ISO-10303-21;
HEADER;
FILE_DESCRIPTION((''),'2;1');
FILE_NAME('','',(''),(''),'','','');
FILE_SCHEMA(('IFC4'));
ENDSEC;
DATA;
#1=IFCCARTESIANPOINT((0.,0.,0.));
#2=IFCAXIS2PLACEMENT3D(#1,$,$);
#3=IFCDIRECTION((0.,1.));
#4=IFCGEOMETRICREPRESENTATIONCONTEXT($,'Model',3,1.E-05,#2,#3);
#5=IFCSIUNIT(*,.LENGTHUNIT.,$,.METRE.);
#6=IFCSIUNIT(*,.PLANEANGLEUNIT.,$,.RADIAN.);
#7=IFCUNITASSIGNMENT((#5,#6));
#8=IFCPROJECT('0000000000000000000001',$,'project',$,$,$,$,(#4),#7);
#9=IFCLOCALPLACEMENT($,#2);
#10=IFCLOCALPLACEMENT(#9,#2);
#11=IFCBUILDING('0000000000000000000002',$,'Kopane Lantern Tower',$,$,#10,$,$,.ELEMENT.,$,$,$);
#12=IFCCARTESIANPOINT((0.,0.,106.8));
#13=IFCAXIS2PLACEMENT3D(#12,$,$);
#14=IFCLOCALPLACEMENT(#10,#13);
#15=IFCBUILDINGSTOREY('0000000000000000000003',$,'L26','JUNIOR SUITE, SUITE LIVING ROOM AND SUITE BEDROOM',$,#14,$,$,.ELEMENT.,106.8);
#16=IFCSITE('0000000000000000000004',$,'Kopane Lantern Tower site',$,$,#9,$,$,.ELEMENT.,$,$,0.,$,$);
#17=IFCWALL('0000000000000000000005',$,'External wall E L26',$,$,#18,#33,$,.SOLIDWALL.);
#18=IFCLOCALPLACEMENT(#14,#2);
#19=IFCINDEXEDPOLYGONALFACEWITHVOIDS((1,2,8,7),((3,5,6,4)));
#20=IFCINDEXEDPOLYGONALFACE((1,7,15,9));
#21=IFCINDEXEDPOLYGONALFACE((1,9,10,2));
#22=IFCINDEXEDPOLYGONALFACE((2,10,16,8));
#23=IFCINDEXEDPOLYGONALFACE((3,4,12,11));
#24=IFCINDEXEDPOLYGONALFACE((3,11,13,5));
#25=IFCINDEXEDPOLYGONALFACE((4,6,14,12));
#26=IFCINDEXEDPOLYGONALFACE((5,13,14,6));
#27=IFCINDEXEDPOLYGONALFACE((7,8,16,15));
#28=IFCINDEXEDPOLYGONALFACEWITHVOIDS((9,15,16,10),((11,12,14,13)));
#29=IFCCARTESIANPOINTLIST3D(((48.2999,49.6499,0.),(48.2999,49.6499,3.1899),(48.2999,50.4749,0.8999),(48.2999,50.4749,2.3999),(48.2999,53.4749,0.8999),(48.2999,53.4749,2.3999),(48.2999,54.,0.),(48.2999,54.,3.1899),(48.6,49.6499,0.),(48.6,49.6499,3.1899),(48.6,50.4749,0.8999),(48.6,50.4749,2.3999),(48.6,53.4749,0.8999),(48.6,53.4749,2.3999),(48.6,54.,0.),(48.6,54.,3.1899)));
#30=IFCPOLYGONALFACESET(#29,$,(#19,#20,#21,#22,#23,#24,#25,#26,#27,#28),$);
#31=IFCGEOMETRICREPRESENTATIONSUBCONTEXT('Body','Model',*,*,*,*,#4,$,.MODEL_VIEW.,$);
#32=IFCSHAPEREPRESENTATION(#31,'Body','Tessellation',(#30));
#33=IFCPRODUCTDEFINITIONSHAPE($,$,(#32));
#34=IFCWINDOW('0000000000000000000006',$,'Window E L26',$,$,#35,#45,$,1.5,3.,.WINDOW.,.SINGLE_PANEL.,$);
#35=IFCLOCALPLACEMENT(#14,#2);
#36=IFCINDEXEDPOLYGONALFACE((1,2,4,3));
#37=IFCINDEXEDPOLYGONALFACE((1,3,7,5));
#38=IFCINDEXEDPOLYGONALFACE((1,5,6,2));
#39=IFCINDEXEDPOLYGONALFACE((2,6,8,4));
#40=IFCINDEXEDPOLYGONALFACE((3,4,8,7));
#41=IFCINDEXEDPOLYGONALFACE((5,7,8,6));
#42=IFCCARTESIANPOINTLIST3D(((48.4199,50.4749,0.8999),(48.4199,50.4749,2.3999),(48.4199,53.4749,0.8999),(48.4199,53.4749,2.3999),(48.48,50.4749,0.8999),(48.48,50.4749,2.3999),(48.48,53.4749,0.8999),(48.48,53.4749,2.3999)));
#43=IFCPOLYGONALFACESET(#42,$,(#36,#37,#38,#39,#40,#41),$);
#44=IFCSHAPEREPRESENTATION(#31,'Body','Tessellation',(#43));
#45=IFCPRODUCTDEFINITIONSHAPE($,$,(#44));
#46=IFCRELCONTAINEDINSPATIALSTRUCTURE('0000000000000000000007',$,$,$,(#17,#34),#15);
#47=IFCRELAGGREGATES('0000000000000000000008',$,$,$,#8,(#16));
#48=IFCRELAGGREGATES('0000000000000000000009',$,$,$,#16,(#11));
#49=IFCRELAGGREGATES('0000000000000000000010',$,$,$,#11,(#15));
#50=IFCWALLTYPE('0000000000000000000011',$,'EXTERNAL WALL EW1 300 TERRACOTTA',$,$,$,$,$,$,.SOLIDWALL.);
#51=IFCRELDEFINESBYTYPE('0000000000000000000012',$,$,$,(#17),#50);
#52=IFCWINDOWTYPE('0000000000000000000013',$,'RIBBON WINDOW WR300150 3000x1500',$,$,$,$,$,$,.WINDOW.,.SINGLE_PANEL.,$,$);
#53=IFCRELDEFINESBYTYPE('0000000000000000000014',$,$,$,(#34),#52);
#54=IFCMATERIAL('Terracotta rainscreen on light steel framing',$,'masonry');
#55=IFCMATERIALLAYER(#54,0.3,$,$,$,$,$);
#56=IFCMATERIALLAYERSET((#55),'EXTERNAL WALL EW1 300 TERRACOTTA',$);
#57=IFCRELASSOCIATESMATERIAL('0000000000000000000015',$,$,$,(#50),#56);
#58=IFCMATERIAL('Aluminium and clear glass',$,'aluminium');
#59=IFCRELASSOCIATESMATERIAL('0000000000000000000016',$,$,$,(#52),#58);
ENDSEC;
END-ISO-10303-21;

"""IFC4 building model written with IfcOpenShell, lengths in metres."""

from ifc_helpers import new_model, si_unit, direction, frame, frame_2d, origin, place, context, subcontext, project, spatial, rectangle, extrude, material, layer, layer_set, type_object, element, fill, save


model = new_model("IFC4")

# Units and contexts
model_context = context("Model", 3, precision=1e-05, world=origin(), true_north=direction((0.0, 1.0)))
body_context = subcontext(model_context, "Body", "Model", "MODEL_VIEW")
ifc_project = project(units=[si_unit("LENGTHUNIT", "METRE"), si_unit("PLANEANGLEUNIT", "RADIAN")], contexts=[model_context])

# Site, building, storey
site_placement = place(None, origin())
site = spatial("IfcSite", under=ifc_project, at=site_placement, Name="Kopane Lantern Tower site", CompositionType="ELEMENT", RefElevation=0.0)
building_placement = place(site_placement, origin())
building = spatial("IfcBuilding", under=site, at=building_placement, Name="Kopane Lantern Tower", CompositionType="ELEMENT")
storey_placement = place(building_placement, frame((0.0, 0.0, 106.8)))
storey = spatial("IfcBuildingStorey", under=building, at=storey_placement, Name="L26", Description="JUNIOR SUITE, SUITE LIVING ROOM AND SUITE BEDROOM", CompositionType="ELEMENT", Elevation=106.8)

# Wall, opening, window
ifc_material_1 = material(Name="Terracotta rainscreen on light steel framing", Category="masonry")
ifc_layer_1 = layer(ifc_material_1, 0.3)
ifc_layer_set_1 = layer_set([ifc_layer_1], Name="EXTERNAL WALL EW1 300 TERRACOTTA")
wall_type_1 = type_object("IfcWallType", Name="EXTERNAL WALL EW1 300 TERRACOTTA", PredefinedType="SOLIDWALL", material=ifc_layer_set_1)
ifc_material_2 = material(Name="Aluminium and clear glass", Category="aluminium")
window_type = type_object("IfcWindowType", Name="RIBBON WINDOW WR300150 3000x1500", PartitioningType="SINGLE_PANEL", PredefinedType="WINDOW", material=ifc_material_2)
wall_1_placement = place(storey_placement, frame((48.45, 49.6499, 0.0), z_axis=(0.0, 0.0, 1.0), x_axis=(0.0, 1.0, 0.0)))
wall_1 = element("IfcWall", 1, at=wall_1_placement, inside=storey, type_object=wall_type_1, Name="External wall E L26", PredefinedType="SOLIDWALL", context=body_context, shape_type="SweptSolid", body=[
    extrude(rectangle(XDim=4.3501, YDim=0.3, at=frame_2d((2.175, 0.0))), origin(), (0.0, 0.0, 1.0), 3.1899),
])
opening_1_placement = place(wall_1_placement, frame((0.825, 0.0, 0.8999)))
opening_1 = element("IfcOpeningElement", 2, at=opening_1_placement, cuts=wall_1, PredefinedType="OPENING", context=body_context, shape_type="SweptSolid", body=[
    extrude(rectangle(XDim=3.0, YDim=1.5, at=frame_2d((1.5, 0.75))), frame((0.0, 0.1599, 0.0), z_axis=(0.0, -1.0, 0.0), x_axis=(1.0, 0.0, 0.0)), (0.0, 0.0, 1.0), 0.3201),
])
window_1_placement = place(opening_1_placement, origin())
window_1 = element("IfcWindow", 3, at=window_1_placement, inside=storey, type_object=window_type, Name="Window E L26", OverallHeight=1.5, OverallWidth=3.0, PartitioningType="SINGLE_PANEL", PredefinedType="WINDOW", context=body_context, shape_type="SweptSolid", body=[
    extrude(rectangle(XDim=3.0, YDim=1.5, at=frame_2d((1.5, 0.75))), frame((0.0, 0.03, 0.0), z_axis=(0.0, -1.0, 0.0), x_axis=(1.0, 0.0, 0.0)), (0.0, 0.0, 1.0), 0.0601),
])
fill(opening_1, window_1)

save(model, "model.ifc")
